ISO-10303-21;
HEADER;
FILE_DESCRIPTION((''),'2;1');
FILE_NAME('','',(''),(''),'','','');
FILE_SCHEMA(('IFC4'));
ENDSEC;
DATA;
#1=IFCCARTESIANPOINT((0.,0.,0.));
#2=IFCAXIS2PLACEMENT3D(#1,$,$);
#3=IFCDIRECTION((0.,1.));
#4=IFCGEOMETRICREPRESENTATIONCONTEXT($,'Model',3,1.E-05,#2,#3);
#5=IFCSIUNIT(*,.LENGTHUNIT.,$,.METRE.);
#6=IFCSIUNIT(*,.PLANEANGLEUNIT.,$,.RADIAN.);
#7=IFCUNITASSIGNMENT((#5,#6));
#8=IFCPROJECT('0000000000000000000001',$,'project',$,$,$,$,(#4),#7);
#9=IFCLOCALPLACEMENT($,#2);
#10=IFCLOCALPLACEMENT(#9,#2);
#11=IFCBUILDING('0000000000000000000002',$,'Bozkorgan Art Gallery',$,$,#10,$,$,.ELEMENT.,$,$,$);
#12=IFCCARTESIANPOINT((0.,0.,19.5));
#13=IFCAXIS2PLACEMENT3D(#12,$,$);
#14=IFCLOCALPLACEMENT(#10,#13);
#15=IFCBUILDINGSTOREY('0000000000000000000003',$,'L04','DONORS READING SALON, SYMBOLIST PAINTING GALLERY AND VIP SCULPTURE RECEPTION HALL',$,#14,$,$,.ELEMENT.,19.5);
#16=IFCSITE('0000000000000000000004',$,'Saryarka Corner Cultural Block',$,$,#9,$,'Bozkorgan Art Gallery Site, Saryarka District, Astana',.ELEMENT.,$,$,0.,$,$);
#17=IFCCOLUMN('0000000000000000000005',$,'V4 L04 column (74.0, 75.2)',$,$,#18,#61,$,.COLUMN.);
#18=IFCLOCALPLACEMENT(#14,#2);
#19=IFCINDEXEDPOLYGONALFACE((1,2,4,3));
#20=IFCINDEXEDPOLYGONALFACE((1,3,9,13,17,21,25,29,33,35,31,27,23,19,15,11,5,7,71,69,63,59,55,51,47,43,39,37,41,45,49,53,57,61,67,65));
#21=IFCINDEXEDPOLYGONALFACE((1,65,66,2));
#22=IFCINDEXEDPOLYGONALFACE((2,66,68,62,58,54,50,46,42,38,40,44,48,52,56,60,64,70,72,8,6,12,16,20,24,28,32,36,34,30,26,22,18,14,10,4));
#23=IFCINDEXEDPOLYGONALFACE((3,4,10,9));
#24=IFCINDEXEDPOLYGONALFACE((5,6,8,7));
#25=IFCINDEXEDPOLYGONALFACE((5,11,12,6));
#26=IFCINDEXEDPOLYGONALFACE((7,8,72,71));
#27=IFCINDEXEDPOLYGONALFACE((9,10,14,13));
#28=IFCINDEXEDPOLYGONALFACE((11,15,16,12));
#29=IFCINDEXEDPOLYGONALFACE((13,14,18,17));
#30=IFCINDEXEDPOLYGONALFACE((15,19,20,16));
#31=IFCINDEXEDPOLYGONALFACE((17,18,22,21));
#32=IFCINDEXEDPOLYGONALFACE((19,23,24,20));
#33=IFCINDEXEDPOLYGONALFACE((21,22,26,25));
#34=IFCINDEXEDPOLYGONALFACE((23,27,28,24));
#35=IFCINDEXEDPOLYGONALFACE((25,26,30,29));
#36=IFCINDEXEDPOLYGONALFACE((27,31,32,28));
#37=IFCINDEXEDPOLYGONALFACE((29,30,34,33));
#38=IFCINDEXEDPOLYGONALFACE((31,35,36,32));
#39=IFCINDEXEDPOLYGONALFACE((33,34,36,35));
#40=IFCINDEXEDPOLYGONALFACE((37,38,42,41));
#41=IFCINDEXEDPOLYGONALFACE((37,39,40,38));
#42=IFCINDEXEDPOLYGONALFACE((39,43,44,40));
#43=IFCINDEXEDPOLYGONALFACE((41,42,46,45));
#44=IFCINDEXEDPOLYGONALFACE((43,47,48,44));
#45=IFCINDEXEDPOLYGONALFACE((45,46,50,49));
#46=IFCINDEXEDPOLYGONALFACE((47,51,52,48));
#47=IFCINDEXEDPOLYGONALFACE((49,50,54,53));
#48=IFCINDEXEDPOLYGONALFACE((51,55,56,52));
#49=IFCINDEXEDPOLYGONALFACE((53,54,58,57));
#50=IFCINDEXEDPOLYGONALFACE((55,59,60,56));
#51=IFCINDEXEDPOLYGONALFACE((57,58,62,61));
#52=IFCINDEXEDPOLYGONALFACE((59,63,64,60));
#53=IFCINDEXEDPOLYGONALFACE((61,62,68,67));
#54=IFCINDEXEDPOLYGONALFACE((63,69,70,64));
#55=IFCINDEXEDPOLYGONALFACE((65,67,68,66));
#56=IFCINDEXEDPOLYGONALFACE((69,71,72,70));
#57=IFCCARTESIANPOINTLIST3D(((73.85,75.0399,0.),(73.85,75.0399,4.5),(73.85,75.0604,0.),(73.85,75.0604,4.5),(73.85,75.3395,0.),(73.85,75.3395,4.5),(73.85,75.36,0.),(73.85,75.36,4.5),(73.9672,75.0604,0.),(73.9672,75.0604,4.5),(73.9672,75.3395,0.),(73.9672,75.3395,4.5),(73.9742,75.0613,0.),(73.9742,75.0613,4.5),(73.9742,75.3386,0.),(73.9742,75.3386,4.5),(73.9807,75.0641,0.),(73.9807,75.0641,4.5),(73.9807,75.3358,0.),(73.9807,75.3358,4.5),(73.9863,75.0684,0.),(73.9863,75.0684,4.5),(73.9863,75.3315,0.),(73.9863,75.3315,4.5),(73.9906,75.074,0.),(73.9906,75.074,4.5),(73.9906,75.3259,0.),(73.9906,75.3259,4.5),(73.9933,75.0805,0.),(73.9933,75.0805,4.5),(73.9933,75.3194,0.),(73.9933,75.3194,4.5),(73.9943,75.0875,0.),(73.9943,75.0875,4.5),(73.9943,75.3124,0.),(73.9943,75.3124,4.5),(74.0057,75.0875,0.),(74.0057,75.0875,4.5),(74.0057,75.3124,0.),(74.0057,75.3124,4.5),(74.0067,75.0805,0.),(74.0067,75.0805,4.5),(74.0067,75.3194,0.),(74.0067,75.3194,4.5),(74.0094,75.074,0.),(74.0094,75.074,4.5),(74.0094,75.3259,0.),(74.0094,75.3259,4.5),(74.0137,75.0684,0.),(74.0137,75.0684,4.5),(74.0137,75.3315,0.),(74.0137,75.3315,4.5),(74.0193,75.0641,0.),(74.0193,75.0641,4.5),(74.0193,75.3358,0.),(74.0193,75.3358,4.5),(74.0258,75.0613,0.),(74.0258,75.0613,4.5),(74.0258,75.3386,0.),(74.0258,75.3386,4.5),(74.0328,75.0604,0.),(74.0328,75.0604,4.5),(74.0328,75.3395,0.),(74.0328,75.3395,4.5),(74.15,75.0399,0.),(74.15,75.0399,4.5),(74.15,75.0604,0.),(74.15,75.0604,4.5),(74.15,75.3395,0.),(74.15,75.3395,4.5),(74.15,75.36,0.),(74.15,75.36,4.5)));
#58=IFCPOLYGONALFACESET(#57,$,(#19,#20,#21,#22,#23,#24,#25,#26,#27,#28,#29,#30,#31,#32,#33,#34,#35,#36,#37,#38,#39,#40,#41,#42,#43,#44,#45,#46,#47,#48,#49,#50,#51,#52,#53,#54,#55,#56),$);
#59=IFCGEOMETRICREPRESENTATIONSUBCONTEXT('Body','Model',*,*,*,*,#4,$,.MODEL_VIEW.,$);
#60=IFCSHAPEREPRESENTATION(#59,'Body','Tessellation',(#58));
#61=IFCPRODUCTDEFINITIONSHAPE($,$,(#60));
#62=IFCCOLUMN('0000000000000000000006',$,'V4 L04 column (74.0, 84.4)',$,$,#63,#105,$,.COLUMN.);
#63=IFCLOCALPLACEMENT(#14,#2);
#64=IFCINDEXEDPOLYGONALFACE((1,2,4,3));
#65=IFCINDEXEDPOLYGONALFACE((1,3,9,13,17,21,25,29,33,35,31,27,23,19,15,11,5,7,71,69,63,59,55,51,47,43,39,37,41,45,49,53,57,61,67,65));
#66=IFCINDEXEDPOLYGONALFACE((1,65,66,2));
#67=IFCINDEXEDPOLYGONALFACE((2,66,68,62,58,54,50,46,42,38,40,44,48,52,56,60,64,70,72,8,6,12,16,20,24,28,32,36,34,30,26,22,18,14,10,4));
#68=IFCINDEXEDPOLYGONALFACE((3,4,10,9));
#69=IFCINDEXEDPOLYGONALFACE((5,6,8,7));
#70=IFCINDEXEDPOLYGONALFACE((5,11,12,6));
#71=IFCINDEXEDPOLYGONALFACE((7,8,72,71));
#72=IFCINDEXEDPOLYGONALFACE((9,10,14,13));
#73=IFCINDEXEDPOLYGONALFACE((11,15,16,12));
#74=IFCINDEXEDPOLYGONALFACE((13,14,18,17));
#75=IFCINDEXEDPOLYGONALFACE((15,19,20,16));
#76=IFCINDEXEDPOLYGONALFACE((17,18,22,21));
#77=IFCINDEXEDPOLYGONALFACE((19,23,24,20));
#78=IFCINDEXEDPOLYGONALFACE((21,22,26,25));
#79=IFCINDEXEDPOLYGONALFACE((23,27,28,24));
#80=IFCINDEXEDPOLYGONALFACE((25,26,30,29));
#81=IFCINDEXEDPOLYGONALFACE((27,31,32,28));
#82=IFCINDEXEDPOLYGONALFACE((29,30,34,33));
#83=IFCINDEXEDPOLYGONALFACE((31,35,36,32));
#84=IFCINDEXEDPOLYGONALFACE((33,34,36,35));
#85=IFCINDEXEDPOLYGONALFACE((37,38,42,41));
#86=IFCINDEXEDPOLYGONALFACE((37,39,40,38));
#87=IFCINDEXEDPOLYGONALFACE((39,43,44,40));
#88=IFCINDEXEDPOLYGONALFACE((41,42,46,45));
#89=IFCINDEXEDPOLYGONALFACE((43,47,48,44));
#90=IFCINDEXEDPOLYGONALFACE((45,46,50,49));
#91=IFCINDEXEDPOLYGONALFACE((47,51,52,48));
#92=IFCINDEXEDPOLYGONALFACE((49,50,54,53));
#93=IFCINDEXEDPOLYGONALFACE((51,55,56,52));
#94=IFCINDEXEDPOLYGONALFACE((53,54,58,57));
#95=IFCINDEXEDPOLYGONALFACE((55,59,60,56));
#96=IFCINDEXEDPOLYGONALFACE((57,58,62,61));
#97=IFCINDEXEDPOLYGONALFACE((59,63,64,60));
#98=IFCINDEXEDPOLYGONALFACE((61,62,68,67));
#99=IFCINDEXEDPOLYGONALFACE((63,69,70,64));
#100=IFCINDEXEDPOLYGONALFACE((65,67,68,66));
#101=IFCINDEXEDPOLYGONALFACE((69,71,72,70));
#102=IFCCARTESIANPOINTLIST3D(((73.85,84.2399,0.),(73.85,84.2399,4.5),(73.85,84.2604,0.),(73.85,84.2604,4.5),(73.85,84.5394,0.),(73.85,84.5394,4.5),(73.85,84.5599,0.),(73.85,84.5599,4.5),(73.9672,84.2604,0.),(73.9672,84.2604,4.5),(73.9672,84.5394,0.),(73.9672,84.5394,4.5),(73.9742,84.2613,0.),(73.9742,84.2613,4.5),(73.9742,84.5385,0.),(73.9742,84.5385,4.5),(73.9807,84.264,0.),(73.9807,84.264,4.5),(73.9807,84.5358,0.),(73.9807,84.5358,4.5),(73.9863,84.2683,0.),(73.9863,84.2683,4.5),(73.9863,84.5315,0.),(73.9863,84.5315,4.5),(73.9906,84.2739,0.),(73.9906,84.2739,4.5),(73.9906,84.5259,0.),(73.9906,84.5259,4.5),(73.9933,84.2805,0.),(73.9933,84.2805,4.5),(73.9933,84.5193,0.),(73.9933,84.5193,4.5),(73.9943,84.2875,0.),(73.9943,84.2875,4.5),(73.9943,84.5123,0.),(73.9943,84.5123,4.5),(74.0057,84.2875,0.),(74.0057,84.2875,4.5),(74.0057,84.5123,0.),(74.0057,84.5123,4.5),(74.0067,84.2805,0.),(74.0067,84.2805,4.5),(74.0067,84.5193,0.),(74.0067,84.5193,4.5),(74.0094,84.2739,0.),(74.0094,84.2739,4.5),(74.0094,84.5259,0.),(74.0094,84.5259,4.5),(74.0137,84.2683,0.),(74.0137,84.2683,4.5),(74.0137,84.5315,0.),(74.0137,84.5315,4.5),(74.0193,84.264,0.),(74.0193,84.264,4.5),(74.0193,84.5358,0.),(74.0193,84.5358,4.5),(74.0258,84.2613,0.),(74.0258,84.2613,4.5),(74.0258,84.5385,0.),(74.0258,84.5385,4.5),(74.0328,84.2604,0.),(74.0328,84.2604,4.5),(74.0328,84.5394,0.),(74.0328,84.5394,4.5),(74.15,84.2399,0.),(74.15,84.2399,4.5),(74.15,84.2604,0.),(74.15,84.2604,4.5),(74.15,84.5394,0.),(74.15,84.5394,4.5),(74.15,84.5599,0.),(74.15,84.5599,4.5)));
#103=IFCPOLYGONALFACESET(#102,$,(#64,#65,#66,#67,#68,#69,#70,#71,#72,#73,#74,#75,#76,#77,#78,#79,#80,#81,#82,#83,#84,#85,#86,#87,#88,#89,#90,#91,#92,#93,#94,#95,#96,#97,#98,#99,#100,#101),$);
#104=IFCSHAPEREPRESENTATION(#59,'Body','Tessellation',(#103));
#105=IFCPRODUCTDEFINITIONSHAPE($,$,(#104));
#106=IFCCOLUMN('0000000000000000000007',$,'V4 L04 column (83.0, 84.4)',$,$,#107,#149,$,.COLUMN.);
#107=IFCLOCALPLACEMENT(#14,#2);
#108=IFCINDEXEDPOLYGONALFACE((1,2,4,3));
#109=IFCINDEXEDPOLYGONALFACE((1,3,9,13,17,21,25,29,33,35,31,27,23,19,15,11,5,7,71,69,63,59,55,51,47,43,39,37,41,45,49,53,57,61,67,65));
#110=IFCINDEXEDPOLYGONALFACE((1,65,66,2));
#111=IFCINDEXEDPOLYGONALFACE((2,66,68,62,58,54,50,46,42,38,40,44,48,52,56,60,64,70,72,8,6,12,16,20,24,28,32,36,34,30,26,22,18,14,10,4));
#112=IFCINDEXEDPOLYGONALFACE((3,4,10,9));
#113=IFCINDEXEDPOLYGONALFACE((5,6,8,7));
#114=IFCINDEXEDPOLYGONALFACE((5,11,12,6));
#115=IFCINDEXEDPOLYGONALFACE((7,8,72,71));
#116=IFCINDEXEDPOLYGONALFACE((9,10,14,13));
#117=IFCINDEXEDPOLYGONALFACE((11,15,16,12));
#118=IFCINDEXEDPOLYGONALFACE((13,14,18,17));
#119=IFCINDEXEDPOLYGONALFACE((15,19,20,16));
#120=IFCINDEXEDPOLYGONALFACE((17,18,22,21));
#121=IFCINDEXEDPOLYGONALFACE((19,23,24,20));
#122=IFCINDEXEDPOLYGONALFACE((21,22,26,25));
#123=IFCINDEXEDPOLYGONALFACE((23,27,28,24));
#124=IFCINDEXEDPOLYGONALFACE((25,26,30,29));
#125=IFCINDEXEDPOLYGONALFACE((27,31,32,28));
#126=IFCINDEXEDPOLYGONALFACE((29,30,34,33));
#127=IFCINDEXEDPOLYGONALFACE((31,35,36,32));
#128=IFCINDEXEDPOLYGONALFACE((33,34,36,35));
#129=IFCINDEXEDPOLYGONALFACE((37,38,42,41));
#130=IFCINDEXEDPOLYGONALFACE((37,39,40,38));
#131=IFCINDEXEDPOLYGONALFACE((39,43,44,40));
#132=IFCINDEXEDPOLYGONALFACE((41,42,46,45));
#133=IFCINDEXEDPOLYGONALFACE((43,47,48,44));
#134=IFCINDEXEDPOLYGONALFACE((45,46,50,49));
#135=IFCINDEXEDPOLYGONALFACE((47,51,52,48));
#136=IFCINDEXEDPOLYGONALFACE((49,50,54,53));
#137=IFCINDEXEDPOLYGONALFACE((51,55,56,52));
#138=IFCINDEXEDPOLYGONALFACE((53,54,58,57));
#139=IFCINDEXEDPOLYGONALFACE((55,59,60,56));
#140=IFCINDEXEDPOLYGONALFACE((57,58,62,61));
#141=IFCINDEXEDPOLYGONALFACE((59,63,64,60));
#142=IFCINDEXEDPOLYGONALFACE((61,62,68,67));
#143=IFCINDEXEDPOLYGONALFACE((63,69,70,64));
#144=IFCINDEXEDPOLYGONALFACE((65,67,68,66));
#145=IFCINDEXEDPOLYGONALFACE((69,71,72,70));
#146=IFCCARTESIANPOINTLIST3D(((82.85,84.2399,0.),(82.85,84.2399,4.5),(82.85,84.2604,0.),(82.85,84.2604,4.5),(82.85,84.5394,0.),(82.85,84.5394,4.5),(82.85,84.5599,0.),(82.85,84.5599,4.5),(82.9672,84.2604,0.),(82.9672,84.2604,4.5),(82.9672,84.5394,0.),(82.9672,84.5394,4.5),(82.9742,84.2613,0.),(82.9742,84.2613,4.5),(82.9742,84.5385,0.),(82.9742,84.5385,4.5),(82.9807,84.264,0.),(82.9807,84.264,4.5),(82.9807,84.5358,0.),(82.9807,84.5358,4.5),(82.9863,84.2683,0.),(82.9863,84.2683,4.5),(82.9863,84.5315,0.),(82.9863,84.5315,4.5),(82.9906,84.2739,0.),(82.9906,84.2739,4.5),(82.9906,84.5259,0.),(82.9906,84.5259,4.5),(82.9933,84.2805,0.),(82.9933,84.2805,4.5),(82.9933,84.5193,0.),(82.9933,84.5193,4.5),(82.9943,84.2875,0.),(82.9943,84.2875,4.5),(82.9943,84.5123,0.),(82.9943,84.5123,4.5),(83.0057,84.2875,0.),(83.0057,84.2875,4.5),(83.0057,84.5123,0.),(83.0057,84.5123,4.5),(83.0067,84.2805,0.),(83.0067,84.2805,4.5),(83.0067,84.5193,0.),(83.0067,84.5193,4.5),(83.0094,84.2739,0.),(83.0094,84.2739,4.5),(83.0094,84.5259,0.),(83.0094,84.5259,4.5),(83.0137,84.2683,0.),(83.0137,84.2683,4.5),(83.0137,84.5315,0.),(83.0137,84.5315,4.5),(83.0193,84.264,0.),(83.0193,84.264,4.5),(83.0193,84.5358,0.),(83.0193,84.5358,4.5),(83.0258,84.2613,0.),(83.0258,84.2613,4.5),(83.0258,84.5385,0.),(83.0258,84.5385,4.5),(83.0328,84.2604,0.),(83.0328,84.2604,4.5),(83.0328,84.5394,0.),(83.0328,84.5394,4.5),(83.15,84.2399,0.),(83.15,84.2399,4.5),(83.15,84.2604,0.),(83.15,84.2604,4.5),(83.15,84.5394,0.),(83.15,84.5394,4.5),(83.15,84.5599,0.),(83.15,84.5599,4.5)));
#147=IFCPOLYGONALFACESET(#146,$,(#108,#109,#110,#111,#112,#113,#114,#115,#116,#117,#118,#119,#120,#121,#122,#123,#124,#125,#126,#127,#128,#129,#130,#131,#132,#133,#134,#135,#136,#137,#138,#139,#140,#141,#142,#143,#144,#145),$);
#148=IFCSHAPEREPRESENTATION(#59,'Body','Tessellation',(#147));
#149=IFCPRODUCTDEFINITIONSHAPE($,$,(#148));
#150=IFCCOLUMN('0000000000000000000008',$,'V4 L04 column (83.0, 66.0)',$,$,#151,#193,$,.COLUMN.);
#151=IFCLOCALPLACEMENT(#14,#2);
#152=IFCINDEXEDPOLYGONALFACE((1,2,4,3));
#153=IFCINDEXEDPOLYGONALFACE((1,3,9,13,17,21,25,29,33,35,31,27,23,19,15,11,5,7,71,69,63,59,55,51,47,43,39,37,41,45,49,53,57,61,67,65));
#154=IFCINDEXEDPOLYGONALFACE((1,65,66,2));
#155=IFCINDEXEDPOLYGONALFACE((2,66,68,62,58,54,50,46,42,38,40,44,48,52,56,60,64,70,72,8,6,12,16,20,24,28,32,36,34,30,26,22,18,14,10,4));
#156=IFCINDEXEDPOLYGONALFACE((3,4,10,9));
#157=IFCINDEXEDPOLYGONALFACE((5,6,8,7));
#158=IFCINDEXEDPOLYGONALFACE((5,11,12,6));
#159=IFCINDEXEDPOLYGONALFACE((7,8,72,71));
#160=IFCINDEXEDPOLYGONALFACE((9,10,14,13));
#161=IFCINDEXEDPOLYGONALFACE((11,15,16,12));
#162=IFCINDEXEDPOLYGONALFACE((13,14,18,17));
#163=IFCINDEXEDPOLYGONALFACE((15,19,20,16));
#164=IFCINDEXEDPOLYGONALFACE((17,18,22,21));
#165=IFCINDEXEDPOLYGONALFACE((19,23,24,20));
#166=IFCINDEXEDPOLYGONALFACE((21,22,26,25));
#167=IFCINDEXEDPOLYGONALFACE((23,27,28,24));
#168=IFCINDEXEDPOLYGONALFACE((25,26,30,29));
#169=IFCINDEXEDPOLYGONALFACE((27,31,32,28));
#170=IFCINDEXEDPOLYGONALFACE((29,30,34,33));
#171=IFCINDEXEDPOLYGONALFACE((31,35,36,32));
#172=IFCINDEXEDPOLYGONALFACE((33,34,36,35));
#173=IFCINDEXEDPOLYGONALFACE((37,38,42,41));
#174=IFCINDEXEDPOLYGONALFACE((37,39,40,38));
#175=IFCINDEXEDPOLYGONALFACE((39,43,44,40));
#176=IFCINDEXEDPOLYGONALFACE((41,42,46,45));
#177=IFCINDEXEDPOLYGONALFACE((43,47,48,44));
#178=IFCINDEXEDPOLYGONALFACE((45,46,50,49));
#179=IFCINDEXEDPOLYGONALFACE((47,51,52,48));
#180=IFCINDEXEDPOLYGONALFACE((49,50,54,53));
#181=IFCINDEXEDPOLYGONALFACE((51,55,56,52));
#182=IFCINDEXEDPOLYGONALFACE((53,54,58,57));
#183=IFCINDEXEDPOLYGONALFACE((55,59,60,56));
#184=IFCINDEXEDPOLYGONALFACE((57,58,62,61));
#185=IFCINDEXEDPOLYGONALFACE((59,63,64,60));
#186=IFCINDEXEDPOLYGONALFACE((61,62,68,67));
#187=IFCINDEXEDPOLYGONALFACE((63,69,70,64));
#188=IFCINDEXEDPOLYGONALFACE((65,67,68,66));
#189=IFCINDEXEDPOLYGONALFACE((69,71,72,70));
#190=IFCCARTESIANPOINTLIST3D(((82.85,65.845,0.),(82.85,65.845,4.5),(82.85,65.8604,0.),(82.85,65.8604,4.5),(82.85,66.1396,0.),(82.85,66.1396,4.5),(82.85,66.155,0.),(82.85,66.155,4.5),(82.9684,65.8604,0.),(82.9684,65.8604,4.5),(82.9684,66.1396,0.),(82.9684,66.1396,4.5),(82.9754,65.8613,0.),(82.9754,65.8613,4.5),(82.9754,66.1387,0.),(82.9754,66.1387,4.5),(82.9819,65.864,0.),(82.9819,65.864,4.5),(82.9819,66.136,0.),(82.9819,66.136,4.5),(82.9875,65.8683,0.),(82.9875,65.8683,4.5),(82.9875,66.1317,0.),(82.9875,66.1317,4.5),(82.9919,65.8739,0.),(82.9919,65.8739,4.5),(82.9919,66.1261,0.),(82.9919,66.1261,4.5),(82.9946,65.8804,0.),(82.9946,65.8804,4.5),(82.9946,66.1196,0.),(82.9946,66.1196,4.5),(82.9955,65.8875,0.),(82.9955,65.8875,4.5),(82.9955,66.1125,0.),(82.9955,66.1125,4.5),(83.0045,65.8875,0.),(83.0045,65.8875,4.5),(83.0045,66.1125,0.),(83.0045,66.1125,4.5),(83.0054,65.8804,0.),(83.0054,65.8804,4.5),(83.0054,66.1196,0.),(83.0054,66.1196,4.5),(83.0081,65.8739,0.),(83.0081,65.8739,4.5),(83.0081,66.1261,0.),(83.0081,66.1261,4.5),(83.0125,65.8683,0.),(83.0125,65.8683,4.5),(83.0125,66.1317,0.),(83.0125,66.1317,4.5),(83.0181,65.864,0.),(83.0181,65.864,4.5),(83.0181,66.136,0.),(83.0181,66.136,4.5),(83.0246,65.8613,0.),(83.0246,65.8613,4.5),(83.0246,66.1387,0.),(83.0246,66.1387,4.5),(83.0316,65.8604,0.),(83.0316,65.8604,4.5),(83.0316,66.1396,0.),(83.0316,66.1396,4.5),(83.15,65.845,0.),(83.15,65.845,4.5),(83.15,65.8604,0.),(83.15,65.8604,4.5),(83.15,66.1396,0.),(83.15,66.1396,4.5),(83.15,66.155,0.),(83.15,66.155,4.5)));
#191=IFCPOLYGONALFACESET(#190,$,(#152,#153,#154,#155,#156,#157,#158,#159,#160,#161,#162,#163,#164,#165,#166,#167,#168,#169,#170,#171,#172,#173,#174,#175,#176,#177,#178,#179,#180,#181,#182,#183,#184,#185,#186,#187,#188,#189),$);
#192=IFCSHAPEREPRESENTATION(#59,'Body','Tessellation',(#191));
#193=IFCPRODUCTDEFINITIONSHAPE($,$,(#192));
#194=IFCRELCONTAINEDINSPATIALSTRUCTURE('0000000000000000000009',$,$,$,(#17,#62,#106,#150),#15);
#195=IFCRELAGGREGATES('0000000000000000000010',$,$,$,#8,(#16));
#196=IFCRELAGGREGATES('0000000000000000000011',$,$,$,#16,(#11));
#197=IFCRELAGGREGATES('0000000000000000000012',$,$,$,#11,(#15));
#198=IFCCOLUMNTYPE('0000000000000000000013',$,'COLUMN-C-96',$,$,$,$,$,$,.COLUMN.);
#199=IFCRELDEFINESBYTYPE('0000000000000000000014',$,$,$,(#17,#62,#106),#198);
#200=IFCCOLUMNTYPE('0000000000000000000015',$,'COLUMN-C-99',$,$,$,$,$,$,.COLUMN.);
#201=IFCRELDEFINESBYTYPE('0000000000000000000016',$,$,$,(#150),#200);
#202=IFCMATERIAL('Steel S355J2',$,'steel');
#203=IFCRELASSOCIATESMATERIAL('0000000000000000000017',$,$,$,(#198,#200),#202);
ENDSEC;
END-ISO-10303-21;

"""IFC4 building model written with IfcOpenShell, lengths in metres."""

from ifc_helpers import new_model, si_unit, direction, frame, origin, origin_2d, place, context, subcontext, project, spatial, i_section, extrude, material, material_profile, profile_set, type_object, element, save


model = new_model("IFC4")

# Units and contexts
model_context = context("Model", 3, precision=1e-05, world=origin(), true_north=direction((0.0, 1.0)))
body_context = subcontext(model_context, "Body", "Model", "MODEL_VIEW")
ifc_project = project(units=[si_unit("LENGTHUNIT", "METRE"), si_unit("PLANEANGLEUNIT", "RADIAN")], contexts=[model_context])

# Site, building, storey
site_placement = place(None, origin())
site = spatial("IfcSite", under=ifc_project, at=site_placement, Name="Saryarka Corner Cultural Block", LongName="Bozkorgan Art Gallery Site, Saryarka District, Astana", CompositionType="ELEMENT", RefElevation=0.0)
building_placement = place(site_placement, origin())
building = spatial("IfcBuilding", under=site, at=building_placement, Name="Bozkorgan Art Gallery", CompositionType="ELEMENT")
storey_placement = place(building_placement, frame((0.0, 0.0, 19.5)))
storey = spatial("IfcBuildingStorey", under=building, at=storey_placement, Name="L04", Description="DONORS READING SALON, SYMBOLIST PAINTING GALLERY AND VIP SCULPTURE RECEPTION HALL", CompositionType="ELEMENT", Elevation=19.5)

# Columns
ifc_material_1 = material(Name="Steel S355J2", Category="steel")
ifc_material_profile_1 = material_profile(ifc_material_1, i_section(OverallWidth=0.3, OverallDepth=0.3201, WebThickness=0.0115, FlangeThickness=0.0205, FilletRadius=0.0271, at=origin_2d()), Name="HEB 320")
ifc_profile_set_1 = profile_set([ifc_material_profile_1], Name="Steel S355J2")
column_type_1 = type_object("IfcColumnType", Name="COLUMN-C-96", PredefinedType="COLUMN", material=ifc_profile_set_1)
for number, where, z_axis, x_axis, name in (
    (1, (74.0, 75.2, 0.0), (0.0, 0.0, 1.0), (1.0, 0.0, 0.0), "V4 L04 column (74.0, 75.2)"),
    (2, (74.0, 84.3999, 0.0), (0.0, 0.0, 1.0), (1.0, 0.0, 0.0), "V4 L04 column (74.0, 84.4)"),
    (3, (83.0, 84.3999, 0.0), (0.0, 0.0, 1.0), (1.0, 0.0, 0.0), "V4 L04 column (83.0, 84.4)"),
):
    element("IfcColumn", number, at=place(storey_placement, frame(where, z_axis=z_axis, x_axis=x_axis)), inside=storey, type_object=column_type_1, Name=name, PredefinedType="COLUMN", context=body_context, shape_type="SweptSolid", body=[
        extrude(i_section(OverallWidth=0.3, OverallDepth=0.3201, WebThickness=0.0115, FlangeThickness=0.0205, FilletRadius=0.0271, at=origin_2d()), origin(), (0.0, 0.0, 1.0), 4.5),
    ])
ifc_material_profile_2 = material_profile(ifc_material_1, i_section(OverallWidth=0.3, OverallDepth=0.3101, WebThickness=0.009, FlangeThickness=0.0154, FilletRadius=0.0271, at=origin_2d()), Name="HEA 320")
ifc_profile_set_2 = profile_set([ifc_material_profile_2], Name="Steel S355J2")
column_type_2 = type_object("IfcColumnType", Name="COLUMN-C-99", PredefinedType="COLUMN", material=ifc_profile_set_2)
for number, where, z_axis, x_axis, name in (
    (4, (83.0, 66.0, 0.0), (0.0, 0.0, 1.0), (1.0, 0.0, 0.0), "V4 L04 column (83.0, 66.0)"),
):
    element("IfcColumn", number, at=place(storey_placement, frame(where, z_axis=z_axis, x_axis=x_axis)), inside=storey, type_object=column_type_2, Name=name, PredefinedType="COLUMN", context=body_context, shape_type="SweptSolid", body=[
        extrude(i_section(OverallWidth=0.3, OverallDepth=0.3101, WebThickness=0.009, FlangeThickness=0.0154, FilletRadius=0.0271, at=origin_2d()), origin(), (0.0, 0.0, 1.0), 4.5),
    ])

save(model, "model.ifc")
